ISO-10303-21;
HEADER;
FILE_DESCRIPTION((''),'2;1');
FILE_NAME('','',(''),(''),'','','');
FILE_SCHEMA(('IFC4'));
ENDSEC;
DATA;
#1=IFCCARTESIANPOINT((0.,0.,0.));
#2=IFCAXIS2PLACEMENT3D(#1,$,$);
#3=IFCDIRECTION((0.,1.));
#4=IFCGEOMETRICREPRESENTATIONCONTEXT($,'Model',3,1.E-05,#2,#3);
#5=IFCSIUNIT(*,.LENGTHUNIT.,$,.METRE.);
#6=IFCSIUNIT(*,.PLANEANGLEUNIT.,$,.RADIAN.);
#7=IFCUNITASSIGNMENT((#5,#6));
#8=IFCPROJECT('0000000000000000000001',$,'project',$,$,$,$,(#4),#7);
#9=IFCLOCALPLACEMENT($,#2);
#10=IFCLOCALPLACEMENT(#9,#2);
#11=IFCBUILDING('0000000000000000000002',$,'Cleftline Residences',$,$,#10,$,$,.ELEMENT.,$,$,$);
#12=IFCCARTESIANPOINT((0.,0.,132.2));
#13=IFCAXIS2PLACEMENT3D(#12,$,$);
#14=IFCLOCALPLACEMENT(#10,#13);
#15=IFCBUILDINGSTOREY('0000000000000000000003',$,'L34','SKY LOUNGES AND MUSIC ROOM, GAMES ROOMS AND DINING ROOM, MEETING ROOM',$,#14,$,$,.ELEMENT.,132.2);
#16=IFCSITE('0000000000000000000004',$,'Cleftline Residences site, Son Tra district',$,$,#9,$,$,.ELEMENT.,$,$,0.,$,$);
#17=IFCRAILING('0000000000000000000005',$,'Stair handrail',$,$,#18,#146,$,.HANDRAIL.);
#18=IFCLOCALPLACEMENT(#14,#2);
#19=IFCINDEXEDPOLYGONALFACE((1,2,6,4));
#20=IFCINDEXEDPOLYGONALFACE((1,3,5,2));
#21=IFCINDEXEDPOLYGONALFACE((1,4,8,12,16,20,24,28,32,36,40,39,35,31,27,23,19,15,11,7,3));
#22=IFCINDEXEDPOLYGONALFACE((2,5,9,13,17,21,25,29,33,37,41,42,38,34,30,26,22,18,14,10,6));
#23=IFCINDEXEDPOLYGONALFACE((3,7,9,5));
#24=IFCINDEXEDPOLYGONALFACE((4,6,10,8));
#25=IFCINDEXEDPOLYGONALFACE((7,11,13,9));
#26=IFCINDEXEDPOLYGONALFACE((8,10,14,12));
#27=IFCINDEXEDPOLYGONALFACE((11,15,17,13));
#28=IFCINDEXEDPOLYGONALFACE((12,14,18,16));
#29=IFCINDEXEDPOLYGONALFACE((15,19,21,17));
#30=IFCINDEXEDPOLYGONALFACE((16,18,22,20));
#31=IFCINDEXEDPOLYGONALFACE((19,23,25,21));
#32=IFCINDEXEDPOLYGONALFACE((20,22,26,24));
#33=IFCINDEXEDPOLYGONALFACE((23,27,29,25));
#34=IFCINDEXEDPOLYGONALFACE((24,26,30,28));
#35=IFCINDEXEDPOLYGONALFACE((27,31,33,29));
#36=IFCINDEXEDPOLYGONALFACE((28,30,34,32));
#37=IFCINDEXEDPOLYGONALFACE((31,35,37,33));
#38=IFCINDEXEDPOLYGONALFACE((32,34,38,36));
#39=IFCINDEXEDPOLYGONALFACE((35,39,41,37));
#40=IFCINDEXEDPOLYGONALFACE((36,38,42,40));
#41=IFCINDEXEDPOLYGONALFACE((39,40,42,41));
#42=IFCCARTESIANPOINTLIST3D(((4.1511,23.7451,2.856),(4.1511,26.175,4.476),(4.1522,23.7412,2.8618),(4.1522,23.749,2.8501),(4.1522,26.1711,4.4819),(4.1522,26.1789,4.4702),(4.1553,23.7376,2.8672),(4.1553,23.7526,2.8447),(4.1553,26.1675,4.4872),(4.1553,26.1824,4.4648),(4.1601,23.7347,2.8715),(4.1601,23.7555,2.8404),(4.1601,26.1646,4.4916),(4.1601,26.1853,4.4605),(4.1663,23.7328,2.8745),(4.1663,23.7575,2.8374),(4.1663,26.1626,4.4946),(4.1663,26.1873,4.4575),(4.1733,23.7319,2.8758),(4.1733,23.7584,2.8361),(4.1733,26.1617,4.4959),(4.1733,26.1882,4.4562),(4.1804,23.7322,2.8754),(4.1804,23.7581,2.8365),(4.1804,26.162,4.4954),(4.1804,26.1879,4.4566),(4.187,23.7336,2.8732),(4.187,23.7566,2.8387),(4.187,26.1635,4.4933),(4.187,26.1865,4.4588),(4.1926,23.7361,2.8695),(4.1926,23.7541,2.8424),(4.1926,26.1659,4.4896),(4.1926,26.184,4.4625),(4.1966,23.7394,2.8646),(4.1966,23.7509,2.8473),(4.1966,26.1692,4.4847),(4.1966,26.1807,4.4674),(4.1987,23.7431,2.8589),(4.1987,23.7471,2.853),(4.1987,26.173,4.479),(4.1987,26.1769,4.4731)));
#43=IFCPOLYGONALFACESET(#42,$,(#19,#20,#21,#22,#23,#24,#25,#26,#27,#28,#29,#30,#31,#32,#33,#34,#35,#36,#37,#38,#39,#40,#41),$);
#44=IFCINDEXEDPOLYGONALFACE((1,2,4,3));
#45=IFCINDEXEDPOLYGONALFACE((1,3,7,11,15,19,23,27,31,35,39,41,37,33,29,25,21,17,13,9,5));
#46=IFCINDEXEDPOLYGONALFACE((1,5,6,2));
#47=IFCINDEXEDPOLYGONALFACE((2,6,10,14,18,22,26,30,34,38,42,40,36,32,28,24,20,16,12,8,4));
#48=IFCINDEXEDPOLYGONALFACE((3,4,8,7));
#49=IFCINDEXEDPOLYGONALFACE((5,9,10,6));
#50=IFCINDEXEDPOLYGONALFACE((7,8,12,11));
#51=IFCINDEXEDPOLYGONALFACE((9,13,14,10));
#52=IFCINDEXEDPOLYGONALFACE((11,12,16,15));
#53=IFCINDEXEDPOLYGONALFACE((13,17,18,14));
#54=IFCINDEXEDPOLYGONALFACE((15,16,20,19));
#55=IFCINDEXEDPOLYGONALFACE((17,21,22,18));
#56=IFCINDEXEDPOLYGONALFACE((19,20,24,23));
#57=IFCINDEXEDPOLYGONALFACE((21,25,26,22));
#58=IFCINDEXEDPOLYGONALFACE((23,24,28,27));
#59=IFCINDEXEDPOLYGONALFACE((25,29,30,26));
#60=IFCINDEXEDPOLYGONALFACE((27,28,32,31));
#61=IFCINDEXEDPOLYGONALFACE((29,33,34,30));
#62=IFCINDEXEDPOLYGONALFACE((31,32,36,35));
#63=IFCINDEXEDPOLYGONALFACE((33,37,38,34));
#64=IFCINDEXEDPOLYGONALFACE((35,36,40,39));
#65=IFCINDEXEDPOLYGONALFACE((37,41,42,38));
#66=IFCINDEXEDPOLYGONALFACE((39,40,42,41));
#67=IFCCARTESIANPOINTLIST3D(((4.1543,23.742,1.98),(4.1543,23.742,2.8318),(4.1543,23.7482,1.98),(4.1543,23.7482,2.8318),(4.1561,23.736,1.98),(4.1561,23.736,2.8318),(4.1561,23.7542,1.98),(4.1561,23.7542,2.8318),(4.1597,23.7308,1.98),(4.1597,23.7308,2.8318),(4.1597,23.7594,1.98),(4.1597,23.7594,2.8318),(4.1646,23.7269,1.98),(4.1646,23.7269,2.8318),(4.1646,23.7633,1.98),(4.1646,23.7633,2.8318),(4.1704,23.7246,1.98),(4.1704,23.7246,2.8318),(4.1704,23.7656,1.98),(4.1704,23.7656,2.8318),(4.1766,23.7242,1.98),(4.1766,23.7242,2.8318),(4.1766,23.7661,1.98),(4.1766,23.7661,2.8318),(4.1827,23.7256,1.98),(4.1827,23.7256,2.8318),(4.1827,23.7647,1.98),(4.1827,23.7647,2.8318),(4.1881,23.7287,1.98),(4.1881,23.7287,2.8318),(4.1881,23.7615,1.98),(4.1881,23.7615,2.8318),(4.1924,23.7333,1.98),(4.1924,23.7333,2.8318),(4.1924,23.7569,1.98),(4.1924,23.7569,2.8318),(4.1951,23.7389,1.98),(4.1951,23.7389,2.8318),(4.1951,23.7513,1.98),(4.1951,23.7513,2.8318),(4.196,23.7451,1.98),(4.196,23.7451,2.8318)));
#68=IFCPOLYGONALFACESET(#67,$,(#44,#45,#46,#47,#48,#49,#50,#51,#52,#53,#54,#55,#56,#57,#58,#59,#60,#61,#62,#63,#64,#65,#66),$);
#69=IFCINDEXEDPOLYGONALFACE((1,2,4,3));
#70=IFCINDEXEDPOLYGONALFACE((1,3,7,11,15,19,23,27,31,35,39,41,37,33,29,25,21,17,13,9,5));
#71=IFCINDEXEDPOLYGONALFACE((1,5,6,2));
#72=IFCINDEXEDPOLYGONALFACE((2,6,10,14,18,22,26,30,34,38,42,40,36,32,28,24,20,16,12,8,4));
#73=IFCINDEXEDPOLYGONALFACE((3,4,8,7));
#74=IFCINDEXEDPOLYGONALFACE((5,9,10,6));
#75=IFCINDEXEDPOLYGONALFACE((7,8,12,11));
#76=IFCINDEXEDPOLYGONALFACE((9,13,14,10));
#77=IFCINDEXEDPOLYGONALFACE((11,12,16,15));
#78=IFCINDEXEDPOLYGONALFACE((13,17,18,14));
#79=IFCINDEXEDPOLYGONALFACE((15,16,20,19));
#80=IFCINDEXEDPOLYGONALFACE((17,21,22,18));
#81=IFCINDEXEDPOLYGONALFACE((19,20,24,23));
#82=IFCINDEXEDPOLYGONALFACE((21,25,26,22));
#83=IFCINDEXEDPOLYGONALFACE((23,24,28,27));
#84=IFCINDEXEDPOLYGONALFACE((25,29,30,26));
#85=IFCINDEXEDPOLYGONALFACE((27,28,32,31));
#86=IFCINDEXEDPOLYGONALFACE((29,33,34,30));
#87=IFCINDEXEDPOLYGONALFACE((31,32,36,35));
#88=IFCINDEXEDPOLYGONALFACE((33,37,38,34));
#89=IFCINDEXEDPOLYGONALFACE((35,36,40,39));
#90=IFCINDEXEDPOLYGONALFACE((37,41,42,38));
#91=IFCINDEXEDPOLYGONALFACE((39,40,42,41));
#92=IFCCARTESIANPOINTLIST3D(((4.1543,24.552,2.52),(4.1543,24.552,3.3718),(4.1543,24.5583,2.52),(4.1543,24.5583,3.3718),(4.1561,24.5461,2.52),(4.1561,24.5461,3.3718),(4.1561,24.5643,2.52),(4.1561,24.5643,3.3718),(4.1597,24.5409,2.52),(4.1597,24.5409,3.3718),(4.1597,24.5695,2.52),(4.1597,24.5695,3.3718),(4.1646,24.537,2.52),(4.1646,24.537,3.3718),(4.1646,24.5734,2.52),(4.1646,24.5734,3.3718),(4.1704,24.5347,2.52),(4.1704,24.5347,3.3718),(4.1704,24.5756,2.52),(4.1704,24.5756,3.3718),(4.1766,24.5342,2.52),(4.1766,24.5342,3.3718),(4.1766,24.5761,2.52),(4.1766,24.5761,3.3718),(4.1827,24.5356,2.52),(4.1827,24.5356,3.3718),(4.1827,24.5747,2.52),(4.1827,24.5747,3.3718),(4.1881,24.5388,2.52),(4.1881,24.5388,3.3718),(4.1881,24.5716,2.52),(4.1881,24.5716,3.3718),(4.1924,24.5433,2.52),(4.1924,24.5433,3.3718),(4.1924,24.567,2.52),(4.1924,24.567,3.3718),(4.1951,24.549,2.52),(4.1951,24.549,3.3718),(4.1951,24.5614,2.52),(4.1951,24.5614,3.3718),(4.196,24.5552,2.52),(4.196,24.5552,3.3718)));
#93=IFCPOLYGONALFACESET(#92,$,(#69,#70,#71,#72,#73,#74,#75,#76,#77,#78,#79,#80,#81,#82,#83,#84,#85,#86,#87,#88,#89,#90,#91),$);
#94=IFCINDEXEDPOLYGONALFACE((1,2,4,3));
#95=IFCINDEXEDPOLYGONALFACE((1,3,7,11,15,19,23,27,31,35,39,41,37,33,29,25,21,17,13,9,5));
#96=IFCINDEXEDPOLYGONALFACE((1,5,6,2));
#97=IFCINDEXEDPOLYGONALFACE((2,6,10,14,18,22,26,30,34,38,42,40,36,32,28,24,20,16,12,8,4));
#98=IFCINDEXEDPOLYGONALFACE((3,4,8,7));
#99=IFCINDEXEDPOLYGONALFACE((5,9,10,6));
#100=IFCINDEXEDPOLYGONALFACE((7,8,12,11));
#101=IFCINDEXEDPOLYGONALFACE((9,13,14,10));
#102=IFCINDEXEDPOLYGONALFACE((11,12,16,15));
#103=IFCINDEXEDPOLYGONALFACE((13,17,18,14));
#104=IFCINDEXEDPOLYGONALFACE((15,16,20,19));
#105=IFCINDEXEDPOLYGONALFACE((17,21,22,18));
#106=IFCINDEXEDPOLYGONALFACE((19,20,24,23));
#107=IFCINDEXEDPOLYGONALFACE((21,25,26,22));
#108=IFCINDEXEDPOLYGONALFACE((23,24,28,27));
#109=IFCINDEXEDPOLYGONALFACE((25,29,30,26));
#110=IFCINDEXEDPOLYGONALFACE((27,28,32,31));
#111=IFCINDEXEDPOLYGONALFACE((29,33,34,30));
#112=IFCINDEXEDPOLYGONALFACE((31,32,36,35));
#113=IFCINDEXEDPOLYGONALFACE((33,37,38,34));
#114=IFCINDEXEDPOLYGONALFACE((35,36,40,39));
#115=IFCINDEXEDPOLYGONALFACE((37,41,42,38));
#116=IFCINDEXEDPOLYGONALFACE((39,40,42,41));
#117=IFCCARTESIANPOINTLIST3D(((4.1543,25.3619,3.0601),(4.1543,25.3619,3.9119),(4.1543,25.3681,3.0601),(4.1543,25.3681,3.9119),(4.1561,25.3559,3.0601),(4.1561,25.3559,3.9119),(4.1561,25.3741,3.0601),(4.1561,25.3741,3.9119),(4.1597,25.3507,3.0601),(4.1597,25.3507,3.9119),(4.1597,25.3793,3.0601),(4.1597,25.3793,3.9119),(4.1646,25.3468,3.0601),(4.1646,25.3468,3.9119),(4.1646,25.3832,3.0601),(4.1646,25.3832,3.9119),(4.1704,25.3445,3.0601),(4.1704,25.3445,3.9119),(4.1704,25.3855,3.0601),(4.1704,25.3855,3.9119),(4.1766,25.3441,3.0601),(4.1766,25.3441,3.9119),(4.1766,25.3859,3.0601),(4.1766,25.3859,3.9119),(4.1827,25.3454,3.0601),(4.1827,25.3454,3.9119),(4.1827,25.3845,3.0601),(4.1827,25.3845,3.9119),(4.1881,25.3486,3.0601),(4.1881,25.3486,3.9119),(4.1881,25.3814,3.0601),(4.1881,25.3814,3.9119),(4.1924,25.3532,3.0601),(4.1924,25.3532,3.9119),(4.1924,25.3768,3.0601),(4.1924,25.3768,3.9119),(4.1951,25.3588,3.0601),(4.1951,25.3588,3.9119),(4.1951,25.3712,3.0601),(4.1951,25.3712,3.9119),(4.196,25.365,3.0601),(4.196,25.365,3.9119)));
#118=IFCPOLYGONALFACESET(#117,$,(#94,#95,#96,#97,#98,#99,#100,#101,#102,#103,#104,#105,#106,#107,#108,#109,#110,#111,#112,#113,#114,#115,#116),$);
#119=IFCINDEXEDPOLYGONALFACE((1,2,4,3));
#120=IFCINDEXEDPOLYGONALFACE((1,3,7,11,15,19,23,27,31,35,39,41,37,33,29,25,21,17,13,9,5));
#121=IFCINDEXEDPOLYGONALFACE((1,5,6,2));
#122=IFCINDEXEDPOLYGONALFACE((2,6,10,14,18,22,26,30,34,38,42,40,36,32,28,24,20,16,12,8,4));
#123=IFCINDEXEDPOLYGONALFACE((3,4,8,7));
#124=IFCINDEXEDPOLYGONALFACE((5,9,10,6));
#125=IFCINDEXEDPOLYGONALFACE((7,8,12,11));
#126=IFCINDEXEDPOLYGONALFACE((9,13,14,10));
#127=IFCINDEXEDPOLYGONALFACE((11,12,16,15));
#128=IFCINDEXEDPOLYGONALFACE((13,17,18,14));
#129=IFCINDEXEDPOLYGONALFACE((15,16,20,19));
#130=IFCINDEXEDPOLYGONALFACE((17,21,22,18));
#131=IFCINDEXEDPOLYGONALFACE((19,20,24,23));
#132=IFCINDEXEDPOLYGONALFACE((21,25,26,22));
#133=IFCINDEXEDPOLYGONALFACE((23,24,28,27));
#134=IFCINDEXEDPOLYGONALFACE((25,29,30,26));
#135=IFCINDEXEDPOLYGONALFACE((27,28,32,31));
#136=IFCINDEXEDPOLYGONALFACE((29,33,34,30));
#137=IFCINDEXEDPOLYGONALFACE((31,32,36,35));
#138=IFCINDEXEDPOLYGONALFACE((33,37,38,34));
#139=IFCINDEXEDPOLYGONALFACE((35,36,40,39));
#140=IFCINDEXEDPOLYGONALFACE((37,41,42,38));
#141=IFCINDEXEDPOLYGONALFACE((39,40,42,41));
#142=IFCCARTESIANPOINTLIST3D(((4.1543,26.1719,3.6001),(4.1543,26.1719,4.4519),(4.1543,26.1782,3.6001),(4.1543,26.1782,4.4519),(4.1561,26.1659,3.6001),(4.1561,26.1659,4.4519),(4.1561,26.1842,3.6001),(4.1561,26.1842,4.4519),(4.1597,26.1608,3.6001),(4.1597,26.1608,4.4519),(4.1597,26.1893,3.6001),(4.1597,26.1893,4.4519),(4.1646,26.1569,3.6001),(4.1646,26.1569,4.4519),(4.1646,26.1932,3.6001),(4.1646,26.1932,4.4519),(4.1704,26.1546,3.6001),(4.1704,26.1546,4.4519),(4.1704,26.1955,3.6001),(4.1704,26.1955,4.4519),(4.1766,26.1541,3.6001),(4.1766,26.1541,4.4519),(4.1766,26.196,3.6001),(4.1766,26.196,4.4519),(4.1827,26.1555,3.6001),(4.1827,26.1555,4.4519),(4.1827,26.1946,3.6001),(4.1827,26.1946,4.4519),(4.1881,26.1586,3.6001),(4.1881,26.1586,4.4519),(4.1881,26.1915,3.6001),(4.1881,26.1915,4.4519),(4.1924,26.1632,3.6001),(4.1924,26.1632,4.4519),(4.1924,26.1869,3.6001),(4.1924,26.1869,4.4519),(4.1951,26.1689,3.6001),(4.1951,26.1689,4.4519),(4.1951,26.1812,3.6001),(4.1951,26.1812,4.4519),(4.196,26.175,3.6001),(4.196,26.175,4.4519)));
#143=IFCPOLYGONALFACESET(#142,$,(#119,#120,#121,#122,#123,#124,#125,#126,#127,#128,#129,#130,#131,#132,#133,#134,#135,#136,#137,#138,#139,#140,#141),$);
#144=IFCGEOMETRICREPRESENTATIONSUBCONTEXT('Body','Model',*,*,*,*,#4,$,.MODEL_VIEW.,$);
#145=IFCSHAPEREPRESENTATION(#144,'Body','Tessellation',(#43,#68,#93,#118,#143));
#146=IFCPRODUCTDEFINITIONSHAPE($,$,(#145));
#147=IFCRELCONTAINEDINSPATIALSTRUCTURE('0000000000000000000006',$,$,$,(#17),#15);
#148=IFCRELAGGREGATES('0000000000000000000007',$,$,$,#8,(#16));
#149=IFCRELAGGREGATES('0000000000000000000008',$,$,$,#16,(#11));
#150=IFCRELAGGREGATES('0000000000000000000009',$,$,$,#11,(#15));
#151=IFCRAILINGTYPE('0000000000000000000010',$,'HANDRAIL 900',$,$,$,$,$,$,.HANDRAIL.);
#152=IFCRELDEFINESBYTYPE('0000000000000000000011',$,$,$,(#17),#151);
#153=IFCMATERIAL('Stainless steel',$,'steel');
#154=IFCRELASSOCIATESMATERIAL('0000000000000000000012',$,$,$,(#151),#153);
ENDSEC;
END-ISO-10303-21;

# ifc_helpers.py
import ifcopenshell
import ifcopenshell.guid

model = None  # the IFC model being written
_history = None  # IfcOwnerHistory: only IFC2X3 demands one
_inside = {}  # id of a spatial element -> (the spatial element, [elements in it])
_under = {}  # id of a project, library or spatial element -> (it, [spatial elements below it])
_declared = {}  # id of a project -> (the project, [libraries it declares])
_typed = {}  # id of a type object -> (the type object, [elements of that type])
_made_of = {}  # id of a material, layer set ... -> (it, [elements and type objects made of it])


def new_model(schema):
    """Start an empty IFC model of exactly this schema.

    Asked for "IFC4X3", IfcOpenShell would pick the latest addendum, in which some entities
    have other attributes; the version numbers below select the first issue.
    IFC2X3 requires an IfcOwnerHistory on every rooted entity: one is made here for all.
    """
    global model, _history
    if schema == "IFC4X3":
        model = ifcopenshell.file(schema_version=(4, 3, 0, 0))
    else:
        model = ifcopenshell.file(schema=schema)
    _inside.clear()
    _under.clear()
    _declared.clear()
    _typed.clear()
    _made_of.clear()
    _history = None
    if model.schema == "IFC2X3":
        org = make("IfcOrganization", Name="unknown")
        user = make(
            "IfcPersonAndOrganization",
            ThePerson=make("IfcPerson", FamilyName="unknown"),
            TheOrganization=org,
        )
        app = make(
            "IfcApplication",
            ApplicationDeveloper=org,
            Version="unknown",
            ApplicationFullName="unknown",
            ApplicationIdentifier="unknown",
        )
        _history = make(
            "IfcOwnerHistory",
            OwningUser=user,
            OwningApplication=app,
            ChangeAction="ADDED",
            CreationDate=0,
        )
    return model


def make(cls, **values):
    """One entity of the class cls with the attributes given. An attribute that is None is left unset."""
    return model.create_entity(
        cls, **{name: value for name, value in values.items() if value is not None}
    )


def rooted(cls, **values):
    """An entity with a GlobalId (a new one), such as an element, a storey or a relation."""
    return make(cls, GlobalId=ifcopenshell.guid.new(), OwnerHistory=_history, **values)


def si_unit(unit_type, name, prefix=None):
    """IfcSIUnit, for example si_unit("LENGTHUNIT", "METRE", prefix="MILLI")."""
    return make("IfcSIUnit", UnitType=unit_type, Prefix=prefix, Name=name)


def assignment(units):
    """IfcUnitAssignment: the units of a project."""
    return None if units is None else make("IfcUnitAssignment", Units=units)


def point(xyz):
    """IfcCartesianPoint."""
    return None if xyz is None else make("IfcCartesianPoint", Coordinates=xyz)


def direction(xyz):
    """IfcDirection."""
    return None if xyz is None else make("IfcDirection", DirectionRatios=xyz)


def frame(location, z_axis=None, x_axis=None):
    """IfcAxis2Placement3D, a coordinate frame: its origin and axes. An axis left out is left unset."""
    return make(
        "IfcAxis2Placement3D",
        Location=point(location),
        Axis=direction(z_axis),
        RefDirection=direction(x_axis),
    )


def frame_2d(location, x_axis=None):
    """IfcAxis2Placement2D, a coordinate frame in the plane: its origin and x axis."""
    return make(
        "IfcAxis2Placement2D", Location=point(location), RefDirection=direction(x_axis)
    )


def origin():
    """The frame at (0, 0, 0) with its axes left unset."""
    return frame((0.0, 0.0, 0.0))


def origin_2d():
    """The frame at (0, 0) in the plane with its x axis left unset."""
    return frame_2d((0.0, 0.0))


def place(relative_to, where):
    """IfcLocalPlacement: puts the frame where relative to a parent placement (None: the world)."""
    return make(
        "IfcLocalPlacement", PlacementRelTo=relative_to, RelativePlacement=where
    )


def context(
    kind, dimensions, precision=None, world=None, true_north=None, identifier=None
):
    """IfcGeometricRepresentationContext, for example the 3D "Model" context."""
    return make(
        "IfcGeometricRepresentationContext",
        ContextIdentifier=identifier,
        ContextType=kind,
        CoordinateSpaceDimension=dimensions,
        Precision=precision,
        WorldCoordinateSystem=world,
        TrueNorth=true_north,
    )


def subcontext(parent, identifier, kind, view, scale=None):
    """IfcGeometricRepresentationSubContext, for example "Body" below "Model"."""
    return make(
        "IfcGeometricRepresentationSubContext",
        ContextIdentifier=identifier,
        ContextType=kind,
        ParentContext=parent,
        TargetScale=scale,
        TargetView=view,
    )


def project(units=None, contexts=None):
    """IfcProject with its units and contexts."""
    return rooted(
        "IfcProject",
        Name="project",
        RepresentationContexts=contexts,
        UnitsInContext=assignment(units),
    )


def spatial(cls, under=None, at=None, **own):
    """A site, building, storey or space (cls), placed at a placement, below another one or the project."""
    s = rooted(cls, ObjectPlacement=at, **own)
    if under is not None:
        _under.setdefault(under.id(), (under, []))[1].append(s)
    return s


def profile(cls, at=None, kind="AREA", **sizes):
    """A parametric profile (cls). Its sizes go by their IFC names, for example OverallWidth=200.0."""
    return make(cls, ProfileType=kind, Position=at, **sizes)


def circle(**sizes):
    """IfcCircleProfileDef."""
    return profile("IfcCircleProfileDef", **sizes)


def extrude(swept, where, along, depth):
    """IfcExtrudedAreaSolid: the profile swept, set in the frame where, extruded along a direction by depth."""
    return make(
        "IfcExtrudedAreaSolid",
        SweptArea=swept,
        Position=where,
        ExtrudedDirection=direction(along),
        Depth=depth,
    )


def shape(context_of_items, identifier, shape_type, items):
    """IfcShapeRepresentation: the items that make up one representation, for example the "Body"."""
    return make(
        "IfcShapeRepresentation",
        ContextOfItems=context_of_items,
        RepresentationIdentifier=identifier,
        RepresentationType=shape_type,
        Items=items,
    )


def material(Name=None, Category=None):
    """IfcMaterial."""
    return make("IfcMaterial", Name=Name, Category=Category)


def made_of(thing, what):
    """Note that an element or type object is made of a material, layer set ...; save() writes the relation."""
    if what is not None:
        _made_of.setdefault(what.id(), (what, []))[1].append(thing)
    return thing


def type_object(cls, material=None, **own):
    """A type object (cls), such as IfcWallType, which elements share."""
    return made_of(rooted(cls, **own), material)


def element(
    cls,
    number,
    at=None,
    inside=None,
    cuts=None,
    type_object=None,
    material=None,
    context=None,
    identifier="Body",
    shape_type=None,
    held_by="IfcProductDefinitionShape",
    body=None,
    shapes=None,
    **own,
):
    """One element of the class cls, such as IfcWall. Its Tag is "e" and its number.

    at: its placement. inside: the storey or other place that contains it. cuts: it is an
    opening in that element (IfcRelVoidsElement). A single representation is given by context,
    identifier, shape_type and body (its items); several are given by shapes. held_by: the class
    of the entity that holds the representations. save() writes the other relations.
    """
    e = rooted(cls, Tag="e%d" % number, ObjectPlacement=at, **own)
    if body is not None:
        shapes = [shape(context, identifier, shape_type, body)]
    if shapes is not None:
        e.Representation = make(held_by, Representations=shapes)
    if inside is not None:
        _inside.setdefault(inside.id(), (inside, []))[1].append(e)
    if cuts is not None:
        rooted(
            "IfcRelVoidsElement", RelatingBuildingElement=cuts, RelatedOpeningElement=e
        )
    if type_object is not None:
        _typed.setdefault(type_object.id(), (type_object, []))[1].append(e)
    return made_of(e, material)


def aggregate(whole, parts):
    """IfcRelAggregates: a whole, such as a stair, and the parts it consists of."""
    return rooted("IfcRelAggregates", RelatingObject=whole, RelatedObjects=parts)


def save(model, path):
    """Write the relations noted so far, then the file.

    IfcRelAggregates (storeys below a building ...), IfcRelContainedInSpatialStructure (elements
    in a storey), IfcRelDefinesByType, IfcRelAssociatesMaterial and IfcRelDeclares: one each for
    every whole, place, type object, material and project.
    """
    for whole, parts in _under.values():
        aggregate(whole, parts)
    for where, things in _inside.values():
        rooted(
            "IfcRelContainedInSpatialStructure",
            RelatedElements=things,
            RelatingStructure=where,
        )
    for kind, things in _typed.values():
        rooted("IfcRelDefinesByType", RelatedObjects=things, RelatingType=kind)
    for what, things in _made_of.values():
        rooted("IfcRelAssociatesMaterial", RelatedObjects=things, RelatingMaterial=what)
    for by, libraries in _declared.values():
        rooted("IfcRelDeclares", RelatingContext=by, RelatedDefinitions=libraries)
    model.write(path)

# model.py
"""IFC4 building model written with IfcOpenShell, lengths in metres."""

from ifc_helpers import new_model, si_unit, direction, frame, origin, origin_2d, place, context, subcontext, project, spatial, circle, extrude, material, type_object, element, save


model = new_model("IFC4")

# Units and contexts
model_context = context("Model", 3, precision=1e-05, world=origin(), true_north=direction((0.0, 1.0)))
body_context = subcontext(model_context, "Body", "Model", "MODEL_VIEW")
ifc_project = project(units=[si_unit("LENGTHUNIT", "METRE"), si_unit("PLANEANGLEUNIT", "RADIAN")], contexts=[model_context])

# Site, building, storey
site_placement = place(None, origin())
site = spatial("IfcSite", under=ifc_project, at=site_placement, Name="Cleftline Residences site, Son Tra district", CompositionType="ELEMENT", RefElevation=0.0)
building_placement = place(site_placement, origin())
building = spatial("IfcBuilding", under=site, at=building_placement, Name="Cleftline Residences", CompositionType="ELEMENT")
storey_placement = place(building_placement, frame((0.0, 0.0, 132.2)))
storey = spatial("IfcBuildingStorey", under=building, at=storey_placement, Name="L34", Description="SKY LOUNGES AND MUSIC ROOM, GAMES ROOMS AND DINING ROOM, MEETING ROOM", CompositionType="ELEMENT", Elevation=132.2)

# Railing
ifc_material_1 = material(Name="Stainless steel", Category="steel")
railing_type = type_object("IfcRailingType", Name="HANDRAIL 900", PredefinedType="HANDRAIL", material=ifc_material_1)
railing_1_placement = place(storey_placement, frame((4.175, 23.7451, 1.98)))
element("IfcRailing", 1, at=railing_1_placement, inside=storey, type_object=railing_type, Name="Stair handrail", PredefinedType="HANDRAIL", context=body_context, shape_type="SweptSolid", body=[
    extrude(circle(Radius=0.0239, at=origin_2d()), frame((0.0, 0.0, 0.876), z_axis=(0.0, 0.832025, 0.554739), x_axis=(-1.0, 0.0, 0.0)), (0.0, 0.0, 1.0), 2.9204),
    extrude(circle(Radius=0.021, at=origin_2d()), origin(), (0.0, 0.0, 1.0), 0.8518),
    extrude(circle(Radius=0.021, at=origin_2d()), frame((0.0, 0.8101, 0.54)), (0.0, 0.0, 1.0), 0.8518),
    extrude(circle(Radius=0.021, at=origin_2d()), frame((0.0, 1.6199, 1.0801)), (0.0, 0.0, 1.0), 0.8518),
    extrude(circle(Radius=0.021, at=origin_2d()), frame((0.0, 2.4299, 1.6201)), (0.0, 0.0, 1.0), 0.8518),
])

save(model, "model.ifc")
